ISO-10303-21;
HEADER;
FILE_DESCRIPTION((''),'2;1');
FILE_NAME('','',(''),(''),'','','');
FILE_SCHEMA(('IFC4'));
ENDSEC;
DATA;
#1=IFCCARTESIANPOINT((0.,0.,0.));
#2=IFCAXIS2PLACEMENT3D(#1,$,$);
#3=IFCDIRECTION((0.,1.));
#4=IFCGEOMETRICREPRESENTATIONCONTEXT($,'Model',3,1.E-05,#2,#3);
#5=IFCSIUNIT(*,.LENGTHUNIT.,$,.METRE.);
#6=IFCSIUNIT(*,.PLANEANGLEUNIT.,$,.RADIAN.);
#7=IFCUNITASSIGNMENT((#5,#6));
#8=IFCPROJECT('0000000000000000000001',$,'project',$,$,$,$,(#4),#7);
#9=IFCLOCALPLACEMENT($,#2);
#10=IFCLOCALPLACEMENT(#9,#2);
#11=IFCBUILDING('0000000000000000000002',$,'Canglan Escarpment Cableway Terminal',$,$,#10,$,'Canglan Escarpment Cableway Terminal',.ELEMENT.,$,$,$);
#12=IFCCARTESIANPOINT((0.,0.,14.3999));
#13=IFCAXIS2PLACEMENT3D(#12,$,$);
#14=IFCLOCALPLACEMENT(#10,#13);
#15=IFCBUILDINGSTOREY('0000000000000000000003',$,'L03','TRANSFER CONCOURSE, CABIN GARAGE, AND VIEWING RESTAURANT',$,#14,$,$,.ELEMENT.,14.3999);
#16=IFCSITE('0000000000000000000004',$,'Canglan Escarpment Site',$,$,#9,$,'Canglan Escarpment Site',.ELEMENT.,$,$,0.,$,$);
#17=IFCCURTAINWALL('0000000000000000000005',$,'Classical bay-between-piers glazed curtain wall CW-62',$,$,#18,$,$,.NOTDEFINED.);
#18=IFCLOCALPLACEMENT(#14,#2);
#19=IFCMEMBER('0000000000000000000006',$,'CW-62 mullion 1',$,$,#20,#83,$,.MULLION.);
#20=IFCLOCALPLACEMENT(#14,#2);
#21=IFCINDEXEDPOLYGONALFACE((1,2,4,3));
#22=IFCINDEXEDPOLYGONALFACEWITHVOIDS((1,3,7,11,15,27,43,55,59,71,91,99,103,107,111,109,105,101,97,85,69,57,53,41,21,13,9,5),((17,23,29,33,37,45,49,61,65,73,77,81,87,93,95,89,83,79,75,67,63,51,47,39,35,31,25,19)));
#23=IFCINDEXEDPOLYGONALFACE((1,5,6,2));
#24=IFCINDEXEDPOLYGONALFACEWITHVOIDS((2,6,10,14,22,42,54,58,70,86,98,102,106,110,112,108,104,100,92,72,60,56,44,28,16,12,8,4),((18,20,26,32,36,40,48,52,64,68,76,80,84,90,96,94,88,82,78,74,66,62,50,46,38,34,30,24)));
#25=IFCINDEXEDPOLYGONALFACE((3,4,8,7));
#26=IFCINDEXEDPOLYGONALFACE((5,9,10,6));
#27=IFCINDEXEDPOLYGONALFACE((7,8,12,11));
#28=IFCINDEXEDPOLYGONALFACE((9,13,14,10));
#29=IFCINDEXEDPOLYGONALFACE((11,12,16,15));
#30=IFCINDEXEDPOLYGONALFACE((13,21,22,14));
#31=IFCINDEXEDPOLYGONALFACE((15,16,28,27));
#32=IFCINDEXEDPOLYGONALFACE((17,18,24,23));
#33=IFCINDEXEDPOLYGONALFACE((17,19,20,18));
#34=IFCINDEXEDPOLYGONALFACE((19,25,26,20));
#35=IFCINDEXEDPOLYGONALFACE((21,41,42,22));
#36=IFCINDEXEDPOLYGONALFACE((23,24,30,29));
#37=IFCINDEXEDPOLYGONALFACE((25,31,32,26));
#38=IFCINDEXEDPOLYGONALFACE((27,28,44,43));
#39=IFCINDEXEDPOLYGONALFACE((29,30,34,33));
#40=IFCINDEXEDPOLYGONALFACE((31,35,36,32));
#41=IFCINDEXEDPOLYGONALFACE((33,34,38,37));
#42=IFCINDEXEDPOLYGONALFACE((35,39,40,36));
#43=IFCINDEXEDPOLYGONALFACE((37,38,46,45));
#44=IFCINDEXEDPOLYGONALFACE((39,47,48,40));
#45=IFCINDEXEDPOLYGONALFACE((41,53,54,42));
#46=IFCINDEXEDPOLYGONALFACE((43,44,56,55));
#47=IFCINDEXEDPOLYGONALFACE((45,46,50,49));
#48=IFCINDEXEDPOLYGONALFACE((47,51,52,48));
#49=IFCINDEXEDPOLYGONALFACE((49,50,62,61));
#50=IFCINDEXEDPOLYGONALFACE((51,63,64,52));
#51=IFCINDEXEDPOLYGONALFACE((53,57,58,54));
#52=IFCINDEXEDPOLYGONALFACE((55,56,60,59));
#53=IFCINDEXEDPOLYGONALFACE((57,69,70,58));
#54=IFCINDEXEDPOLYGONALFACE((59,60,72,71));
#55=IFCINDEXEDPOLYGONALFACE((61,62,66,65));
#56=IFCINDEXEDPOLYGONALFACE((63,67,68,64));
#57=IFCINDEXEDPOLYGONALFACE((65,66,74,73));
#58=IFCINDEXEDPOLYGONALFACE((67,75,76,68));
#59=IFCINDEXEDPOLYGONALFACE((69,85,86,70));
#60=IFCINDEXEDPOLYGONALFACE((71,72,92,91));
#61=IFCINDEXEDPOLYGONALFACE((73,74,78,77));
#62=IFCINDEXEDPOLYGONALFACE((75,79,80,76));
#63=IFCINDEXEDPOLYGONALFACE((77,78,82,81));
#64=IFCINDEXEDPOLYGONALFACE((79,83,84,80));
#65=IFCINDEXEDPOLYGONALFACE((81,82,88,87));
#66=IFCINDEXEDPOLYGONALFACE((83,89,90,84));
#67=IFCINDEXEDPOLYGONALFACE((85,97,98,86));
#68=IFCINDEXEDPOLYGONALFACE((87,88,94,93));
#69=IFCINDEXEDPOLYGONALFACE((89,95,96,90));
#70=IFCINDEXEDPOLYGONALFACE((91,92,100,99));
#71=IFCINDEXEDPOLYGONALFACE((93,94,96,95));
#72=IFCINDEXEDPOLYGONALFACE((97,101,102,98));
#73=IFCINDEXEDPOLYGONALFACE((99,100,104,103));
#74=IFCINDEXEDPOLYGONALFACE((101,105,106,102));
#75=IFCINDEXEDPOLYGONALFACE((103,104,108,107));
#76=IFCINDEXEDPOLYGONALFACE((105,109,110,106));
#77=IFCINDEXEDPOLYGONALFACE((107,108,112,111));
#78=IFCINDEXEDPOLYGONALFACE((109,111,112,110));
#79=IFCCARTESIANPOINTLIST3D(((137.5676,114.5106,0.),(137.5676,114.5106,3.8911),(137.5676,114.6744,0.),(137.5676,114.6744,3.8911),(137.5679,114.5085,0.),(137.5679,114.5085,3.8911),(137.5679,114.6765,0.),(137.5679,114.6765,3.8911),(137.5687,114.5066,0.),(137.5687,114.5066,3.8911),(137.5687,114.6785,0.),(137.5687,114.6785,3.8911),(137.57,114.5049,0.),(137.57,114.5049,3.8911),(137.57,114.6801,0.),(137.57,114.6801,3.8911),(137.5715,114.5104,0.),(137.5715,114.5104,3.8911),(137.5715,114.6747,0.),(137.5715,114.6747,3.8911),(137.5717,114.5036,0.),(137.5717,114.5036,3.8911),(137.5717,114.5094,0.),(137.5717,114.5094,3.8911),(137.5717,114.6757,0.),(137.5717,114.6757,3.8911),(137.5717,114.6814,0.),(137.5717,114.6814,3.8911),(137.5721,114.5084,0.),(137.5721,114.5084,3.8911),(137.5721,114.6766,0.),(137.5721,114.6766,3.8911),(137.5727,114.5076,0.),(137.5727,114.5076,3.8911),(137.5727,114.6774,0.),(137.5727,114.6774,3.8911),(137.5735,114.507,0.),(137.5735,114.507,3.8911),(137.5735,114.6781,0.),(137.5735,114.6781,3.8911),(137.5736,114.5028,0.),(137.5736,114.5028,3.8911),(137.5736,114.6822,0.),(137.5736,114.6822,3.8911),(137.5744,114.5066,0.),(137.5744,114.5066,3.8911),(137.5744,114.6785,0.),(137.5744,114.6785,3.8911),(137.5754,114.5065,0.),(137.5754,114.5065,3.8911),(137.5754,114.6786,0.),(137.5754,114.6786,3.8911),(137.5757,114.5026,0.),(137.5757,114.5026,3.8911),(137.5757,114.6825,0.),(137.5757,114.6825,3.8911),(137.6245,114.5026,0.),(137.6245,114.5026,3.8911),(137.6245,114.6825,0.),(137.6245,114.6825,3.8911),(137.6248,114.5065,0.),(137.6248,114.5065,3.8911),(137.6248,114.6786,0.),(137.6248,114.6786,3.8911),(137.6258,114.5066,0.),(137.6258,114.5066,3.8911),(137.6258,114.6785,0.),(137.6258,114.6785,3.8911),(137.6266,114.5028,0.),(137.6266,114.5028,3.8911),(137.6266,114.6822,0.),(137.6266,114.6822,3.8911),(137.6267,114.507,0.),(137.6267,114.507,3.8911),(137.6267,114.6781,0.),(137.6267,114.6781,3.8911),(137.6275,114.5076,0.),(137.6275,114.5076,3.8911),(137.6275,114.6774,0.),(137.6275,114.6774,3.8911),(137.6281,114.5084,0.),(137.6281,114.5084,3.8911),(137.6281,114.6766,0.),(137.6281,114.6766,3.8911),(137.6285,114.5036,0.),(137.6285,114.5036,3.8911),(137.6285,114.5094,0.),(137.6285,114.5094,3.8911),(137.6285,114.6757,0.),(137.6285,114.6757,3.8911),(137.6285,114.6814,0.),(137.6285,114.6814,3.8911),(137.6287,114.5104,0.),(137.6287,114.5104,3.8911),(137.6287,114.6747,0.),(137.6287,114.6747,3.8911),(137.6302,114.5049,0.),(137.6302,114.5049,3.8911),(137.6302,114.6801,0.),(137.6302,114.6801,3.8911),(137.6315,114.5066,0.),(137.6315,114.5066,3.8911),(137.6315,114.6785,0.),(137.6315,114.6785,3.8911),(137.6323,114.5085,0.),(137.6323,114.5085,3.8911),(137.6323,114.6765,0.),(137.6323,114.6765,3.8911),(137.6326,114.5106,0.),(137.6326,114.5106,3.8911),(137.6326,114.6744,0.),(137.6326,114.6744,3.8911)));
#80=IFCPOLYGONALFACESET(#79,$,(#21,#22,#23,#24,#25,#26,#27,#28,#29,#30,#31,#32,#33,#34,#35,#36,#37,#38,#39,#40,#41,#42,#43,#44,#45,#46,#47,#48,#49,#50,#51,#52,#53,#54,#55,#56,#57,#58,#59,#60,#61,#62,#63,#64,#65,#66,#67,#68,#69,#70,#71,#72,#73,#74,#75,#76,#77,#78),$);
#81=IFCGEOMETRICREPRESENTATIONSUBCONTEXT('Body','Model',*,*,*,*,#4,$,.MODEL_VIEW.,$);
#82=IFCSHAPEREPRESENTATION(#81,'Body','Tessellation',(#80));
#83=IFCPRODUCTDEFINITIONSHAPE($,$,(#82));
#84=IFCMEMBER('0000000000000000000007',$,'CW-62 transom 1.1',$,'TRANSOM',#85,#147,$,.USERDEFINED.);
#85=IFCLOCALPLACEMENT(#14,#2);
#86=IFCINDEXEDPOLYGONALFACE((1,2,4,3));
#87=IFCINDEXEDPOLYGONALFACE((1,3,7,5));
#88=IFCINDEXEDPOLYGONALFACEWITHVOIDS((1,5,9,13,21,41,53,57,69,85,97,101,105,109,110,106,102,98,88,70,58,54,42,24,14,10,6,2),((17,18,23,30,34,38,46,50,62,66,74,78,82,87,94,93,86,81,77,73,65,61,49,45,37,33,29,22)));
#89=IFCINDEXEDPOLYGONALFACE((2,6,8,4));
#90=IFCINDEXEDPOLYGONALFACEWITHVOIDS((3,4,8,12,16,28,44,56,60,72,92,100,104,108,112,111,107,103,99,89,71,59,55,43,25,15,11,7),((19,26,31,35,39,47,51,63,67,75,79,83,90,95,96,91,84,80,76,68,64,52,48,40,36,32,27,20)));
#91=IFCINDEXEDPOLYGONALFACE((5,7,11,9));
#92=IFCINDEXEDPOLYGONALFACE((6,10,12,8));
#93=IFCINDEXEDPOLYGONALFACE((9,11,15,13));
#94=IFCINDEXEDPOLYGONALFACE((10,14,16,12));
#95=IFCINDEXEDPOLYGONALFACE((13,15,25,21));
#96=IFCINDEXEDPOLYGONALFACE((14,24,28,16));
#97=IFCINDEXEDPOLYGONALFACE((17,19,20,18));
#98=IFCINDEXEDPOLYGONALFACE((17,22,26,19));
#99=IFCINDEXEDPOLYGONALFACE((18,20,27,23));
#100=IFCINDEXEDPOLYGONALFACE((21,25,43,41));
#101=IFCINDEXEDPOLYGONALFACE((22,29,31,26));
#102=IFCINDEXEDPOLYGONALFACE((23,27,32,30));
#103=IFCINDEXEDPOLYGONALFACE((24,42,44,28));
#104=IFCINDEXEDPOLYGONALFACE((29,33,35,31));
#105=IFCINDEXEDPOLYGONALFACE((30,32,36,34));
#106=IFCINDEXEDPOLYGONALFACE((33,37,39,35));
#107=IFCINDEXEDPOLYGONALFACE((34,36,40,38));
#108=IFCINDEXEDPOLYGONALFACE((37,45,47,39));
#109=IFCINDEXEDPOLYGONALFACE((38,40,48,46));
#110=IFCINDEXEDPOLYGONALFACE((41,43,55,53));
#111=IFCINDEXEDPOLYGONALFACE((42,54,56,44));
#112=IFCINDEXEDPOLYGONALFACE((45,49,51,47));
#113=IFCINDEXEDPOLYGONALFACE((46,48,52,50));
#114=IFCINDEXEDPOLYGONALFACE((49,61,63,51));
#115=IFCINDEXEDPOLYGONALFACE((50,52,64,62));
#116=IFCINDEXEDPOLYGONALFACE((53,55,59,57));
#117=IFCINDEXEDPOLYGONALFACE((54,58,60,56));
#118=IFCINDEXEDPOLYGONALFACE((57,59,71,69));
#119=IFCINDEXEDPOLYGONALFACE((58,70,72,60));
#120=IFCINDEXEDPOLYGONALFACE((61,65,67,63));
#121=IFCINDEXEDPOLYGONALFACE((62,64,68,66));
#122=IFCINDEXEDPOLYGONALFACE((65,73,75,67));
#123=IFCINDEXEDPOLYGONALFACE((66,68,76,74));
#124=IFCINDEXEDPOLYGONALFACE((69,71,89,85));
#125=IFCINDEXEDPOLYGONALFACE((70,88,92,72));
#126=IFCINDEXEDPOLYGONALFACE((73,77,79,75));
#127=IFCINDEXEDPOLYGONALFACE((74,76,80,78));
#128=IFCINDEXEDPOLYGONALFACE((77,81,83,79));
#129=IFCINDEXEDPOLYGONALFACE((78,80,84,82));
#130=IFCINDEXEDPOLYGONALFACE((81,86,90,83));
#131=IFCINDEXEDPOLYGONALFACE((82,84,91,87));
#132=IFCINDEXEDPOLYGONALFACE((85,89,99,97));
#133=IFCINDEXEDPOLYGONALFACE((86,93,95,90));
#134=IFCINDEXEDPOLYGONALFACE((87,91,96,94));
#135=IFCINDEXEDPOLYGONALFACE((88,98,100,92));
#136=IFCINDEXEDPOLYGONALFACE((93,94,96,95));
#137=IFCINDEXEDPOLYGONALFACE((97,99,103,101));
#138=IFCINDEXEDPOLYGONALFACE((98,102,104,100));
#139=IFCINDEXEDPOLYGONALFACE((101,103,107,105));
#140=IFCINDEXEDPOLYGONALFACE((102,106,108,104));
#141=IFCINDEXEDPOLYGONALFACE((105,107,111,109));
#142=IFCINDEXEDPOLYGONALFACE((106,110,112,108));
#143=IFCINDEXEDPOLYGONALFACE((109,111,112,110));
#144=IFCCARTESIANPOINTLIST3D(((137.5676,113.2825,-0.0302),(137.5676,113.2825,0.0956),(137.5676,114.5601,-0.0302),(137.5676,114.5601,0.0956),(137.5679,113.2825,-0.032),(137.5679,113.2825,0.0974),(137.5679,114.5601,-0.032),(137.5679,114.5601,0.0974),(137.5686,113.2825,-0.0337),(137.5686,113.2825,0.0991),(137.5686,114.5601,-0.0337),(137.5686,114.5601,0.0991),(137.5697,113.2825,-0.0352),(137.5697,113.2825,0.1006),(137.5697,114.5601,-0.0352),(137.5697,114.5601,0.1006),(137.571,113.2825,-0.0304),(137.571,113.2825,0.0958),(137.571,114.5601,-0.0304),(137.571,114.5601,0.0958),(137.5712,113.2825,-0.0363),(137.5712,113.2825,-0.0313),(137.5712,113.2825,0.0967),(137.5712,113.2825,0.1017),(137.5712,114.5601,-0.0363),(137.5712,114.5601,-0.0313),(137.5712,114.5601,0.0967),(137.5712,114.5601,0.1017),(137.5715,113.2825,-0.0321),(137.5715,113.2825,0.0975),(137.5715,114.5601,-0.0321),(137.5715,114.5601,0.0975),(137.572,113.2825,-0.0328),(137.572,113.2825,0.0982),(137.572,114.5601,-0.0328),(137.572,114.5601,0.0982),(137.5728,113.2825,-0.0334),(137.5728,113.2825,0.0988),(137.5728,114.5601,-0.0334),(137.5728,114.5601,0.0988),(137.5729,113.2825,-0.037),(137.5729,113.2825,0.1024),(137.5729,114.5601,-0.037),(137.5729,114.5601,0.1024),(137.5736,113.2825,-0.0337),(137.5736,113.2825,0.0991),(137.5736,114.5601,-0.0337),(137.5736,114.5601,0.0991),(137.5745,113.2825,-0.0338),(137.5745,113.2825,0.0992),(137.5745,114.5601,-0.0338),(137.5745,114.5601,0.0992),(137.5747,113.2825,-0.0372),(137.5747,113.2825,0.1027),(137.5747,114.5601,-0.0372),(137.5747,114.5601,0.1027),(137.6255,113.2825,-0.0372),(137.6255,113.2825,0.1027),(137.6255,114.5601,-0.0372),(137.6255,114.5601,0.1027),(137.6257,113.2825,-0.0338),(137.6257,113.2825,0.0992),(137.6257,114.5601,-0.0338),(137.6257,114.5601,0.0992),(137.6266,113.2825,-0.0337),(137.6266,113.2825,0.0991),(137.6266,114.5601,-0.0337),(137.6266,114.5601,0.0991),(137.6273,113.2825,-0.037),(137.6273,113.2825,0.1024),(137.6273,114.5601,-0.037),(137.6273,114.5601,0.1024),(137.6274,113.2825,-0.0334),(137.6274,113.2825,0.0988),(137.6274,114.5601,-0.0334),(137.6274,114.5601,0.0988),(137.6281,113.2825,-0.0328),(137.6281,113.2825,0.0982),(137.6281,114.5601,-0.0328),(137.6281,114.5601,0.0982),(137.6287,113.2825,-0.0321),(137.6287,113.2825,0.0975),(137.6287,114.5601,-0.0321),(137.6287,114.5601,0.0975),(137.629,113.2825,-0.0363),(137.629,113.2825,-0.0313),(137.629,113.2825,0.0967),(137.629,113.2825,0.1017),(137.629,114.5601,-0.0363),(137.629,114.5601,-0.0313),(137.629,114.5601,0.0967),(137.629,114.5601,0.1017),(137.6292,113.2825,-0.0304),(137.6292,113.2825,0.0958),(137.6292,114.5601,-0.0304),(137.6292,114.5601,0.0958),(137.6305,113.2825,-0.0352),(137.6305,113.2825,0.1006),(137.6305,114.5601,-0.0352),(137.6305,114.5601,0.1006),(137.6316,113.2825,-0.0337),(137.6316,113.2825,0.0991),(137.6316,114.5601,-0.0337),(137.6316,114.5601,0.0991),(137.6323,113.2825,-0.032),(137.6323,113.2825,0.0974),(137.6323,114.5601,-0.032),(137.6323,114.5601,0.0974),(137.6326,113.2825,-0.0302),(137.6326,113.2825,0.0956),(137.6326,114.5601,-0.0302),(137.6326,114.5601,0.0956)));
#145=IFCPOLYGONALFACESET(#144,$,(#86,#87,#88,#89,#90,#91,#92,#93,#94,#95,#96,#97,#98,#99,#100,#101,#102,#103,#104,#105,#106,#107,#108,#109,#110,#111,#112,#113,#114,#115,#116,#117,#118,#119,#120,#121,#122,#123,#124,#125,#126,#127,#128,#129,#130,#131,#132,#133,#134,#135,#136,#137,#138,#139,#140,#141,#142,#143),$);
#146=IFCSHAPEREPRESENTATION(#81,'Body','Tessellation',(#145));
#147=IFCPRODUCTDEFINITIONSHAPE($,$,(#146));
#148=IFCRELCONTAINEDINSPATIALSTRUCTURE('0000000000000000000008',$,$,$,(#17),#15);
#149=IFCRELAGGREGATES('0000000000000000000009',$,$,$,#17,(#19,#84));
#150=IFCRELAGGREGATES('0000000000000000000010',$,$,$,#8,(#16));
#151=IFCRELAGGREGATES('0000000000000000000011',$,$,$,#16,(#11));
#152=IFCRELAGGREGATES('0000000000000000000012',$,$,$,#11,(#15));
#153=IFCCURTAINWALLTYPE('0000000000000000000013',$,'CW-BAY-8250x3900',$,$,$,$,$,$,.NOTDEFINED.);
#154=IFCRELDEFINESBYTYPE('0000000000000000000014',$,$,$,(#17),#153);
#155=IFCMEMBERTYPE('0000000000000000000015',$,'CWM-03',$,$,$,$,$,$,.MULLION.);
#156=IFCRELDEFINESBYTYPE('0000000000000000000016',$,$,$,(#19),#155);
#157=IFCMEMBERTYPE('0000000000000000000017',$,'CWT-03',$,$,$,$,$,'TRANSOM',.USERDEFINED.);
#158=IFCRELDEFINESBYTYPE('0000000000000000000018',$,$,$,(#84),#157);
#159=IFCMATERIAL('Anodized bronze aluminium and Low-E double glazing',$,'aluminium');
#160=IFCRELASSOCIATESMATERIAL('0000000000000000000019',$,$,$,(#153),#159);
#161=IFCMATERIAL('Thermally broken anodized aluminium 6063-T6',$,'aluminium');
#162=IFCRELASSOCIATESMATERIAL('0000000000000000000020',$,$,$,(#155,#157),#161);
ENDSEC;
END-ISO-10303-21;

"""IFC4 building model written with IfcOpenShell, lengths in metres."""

from ifc_helpers import new_model, si_unit, direction, frame, origin, origin_2d, place, context, subcontext, project, spatial, hollow_rectangle, extrude, material, material_profile, profile_set, type_object, element, aggregate, save


model = new_model("IFC4")

# Units and contexts
model_context = context("Model", 3, precision=1e-05, world=origin(), true_north=direction((0.0, 1.0)))
body_context = subcontext(model_context, "Body", "Model", "MODEL_VIEW")
ifc_project = project(units=[si_unit("LENGTHUNIT", "METRE"), si_unit("PLANEANGLEUNIT", "RADIAN")], contexts=[model_context])

# Site, building, storey
site_placement = place(None, origin())
site = spatial("IfcSite", under=ifc_project, at=site_placement, Name="Canglan Escarpment Site", LongName="Canglan Escarpment Site", CompositionType="ELEMENT", RefElevation=0.0)
building_placement = place(site_placement, origin())
building = spatial("IfcBuilding", under=site, at=building_placement, Name="Canglan Escarpment Cableway Terminal", LongName="Canglan Escarpment Cableway Terminal", CompositionType="ELEMENT")
storey_placement = place(building_placement, frame((0.0, 0.0, 14.3999)))
storey = spatial("IfcBuildingStorey", under=building, at=storey_placement, Name="L03", Description="TRANSFER CONCOURSE, CABIN GARAGE, AND VIEWING RESTAURANT", CompositionType="ELEMENT", Elevation=14.3999)

# Curtain wall, members
ifc_material_1 = material(Name="Anodized bronze aluminium and Low-E double glazing", Category="aluminium")
curtain_wall_type = type_object("IfcCurtainWallType", Name="CW-BAY-8250x3900", PredefinedType="NOTDEFINED", material=ifc_material_1)
curtain_wall_placement = place(storey_placement, origin())
curtain_wall = element("IfcCurtainWall", 1, at=curtain_wall_placement, inside=storey, type_object=curtain_wall_type, Name="Classical bay-between-piers glazed curtain wall CW-62", PredefinedType="NOTDEFINED")
ifc_material_2 = material(Name="Thermally broken anodized aluminium 6063-T6", Category="aluminium")
ifc_material_profile_1 = material_profile(ifc_material_2, hollow_rectangle(XDim=0.0649, YDim=0.1799, WallThickness=0.0039, InnerFilletRadius=0.0039, OuterFilletRadius=0.0081, at=origin_2d()), Name="ALU-MULL 65x180x4")
ifc_profile_set_1 = profile_set([ifc_material_profile_1], Name="Thermally broken anodized aluminium 6063-T6")
member_type_1 = type_object("IfcMemberType", Name="CWM-03", PredefinedType="MULLION", material=ifc_profile_set_1)
member_1_placement = place(storey_placement, frame((137.6001, 114.5925, 0.0), z_axis=(0.0, 0.0, 1.0), x_axis=(1.0, 0.0, 0.0)))
member_1 = element("IfcMember", 2, at=member_1_placement, type_object=member_type_1, Name="CW-62 mullion 1", PredefinedType="MULLION", context=body_context, shape_type="SweptSolid", body=[
    extrude(hollow_rectangle(XDim=0.0649, YDim=0.1799, WallThickness=0.0039, InnerFilletRadius=0.0039, OuterFilletRadius=0.0081, at=origin_2d()), origin(), (0.0, 0.0, 1.0), 3.8911),
])
ifc_material_profile_2 = material_profile(ifc_material_2, hollow_rectangle(XDim=0.0649, YDim=0.1399, WallThickness=0.0034, InnerFilletRadius=0.0034, OuterFilletRadius=0.0071, at=origin_2d()), Name="ALU-TRAN 65x140x3.5")
ifc_profile_set_2 = profile_set([ifc_material_profile_2], Name="Thermally broken anodized aluminium 6063-T6")
member_type_2 = type_object("IfcMemberType", Name="CWT-03", ElementType="TRANSOM", PredefinedType="USERDEFINED", material=ifc_profile_set_2)
member_2_placement = place(storey_placement, frame((137.6001, 114.5601, 0.0327), z_axis=(0.0, -1.0, 0.0), x_axis=(1.0, 0.0, 0.0)))
member_2 = element("IfcMember", 3, at=member_2_placement, type_object=member_type_2, Name="CW-62 transom 1.1", ObjectType="TRANSOM", PredefinedType="USERDEFINED", context=body_context, shape_type="SweptSolid", body=[
    extrude(hollow_rectangle(XDim=0.0649, YDim=0.1399, WallThickness=0.0034, InnerFilletRadius=0.0034, OuterFilletRadius=0.0071, at=origin_2d()), origin(), (0.0, 0.0, 1.0), 1.2776),
])

aggregate(curtain_wall, [member_1, member_2])

save(model, "model.ifc")
